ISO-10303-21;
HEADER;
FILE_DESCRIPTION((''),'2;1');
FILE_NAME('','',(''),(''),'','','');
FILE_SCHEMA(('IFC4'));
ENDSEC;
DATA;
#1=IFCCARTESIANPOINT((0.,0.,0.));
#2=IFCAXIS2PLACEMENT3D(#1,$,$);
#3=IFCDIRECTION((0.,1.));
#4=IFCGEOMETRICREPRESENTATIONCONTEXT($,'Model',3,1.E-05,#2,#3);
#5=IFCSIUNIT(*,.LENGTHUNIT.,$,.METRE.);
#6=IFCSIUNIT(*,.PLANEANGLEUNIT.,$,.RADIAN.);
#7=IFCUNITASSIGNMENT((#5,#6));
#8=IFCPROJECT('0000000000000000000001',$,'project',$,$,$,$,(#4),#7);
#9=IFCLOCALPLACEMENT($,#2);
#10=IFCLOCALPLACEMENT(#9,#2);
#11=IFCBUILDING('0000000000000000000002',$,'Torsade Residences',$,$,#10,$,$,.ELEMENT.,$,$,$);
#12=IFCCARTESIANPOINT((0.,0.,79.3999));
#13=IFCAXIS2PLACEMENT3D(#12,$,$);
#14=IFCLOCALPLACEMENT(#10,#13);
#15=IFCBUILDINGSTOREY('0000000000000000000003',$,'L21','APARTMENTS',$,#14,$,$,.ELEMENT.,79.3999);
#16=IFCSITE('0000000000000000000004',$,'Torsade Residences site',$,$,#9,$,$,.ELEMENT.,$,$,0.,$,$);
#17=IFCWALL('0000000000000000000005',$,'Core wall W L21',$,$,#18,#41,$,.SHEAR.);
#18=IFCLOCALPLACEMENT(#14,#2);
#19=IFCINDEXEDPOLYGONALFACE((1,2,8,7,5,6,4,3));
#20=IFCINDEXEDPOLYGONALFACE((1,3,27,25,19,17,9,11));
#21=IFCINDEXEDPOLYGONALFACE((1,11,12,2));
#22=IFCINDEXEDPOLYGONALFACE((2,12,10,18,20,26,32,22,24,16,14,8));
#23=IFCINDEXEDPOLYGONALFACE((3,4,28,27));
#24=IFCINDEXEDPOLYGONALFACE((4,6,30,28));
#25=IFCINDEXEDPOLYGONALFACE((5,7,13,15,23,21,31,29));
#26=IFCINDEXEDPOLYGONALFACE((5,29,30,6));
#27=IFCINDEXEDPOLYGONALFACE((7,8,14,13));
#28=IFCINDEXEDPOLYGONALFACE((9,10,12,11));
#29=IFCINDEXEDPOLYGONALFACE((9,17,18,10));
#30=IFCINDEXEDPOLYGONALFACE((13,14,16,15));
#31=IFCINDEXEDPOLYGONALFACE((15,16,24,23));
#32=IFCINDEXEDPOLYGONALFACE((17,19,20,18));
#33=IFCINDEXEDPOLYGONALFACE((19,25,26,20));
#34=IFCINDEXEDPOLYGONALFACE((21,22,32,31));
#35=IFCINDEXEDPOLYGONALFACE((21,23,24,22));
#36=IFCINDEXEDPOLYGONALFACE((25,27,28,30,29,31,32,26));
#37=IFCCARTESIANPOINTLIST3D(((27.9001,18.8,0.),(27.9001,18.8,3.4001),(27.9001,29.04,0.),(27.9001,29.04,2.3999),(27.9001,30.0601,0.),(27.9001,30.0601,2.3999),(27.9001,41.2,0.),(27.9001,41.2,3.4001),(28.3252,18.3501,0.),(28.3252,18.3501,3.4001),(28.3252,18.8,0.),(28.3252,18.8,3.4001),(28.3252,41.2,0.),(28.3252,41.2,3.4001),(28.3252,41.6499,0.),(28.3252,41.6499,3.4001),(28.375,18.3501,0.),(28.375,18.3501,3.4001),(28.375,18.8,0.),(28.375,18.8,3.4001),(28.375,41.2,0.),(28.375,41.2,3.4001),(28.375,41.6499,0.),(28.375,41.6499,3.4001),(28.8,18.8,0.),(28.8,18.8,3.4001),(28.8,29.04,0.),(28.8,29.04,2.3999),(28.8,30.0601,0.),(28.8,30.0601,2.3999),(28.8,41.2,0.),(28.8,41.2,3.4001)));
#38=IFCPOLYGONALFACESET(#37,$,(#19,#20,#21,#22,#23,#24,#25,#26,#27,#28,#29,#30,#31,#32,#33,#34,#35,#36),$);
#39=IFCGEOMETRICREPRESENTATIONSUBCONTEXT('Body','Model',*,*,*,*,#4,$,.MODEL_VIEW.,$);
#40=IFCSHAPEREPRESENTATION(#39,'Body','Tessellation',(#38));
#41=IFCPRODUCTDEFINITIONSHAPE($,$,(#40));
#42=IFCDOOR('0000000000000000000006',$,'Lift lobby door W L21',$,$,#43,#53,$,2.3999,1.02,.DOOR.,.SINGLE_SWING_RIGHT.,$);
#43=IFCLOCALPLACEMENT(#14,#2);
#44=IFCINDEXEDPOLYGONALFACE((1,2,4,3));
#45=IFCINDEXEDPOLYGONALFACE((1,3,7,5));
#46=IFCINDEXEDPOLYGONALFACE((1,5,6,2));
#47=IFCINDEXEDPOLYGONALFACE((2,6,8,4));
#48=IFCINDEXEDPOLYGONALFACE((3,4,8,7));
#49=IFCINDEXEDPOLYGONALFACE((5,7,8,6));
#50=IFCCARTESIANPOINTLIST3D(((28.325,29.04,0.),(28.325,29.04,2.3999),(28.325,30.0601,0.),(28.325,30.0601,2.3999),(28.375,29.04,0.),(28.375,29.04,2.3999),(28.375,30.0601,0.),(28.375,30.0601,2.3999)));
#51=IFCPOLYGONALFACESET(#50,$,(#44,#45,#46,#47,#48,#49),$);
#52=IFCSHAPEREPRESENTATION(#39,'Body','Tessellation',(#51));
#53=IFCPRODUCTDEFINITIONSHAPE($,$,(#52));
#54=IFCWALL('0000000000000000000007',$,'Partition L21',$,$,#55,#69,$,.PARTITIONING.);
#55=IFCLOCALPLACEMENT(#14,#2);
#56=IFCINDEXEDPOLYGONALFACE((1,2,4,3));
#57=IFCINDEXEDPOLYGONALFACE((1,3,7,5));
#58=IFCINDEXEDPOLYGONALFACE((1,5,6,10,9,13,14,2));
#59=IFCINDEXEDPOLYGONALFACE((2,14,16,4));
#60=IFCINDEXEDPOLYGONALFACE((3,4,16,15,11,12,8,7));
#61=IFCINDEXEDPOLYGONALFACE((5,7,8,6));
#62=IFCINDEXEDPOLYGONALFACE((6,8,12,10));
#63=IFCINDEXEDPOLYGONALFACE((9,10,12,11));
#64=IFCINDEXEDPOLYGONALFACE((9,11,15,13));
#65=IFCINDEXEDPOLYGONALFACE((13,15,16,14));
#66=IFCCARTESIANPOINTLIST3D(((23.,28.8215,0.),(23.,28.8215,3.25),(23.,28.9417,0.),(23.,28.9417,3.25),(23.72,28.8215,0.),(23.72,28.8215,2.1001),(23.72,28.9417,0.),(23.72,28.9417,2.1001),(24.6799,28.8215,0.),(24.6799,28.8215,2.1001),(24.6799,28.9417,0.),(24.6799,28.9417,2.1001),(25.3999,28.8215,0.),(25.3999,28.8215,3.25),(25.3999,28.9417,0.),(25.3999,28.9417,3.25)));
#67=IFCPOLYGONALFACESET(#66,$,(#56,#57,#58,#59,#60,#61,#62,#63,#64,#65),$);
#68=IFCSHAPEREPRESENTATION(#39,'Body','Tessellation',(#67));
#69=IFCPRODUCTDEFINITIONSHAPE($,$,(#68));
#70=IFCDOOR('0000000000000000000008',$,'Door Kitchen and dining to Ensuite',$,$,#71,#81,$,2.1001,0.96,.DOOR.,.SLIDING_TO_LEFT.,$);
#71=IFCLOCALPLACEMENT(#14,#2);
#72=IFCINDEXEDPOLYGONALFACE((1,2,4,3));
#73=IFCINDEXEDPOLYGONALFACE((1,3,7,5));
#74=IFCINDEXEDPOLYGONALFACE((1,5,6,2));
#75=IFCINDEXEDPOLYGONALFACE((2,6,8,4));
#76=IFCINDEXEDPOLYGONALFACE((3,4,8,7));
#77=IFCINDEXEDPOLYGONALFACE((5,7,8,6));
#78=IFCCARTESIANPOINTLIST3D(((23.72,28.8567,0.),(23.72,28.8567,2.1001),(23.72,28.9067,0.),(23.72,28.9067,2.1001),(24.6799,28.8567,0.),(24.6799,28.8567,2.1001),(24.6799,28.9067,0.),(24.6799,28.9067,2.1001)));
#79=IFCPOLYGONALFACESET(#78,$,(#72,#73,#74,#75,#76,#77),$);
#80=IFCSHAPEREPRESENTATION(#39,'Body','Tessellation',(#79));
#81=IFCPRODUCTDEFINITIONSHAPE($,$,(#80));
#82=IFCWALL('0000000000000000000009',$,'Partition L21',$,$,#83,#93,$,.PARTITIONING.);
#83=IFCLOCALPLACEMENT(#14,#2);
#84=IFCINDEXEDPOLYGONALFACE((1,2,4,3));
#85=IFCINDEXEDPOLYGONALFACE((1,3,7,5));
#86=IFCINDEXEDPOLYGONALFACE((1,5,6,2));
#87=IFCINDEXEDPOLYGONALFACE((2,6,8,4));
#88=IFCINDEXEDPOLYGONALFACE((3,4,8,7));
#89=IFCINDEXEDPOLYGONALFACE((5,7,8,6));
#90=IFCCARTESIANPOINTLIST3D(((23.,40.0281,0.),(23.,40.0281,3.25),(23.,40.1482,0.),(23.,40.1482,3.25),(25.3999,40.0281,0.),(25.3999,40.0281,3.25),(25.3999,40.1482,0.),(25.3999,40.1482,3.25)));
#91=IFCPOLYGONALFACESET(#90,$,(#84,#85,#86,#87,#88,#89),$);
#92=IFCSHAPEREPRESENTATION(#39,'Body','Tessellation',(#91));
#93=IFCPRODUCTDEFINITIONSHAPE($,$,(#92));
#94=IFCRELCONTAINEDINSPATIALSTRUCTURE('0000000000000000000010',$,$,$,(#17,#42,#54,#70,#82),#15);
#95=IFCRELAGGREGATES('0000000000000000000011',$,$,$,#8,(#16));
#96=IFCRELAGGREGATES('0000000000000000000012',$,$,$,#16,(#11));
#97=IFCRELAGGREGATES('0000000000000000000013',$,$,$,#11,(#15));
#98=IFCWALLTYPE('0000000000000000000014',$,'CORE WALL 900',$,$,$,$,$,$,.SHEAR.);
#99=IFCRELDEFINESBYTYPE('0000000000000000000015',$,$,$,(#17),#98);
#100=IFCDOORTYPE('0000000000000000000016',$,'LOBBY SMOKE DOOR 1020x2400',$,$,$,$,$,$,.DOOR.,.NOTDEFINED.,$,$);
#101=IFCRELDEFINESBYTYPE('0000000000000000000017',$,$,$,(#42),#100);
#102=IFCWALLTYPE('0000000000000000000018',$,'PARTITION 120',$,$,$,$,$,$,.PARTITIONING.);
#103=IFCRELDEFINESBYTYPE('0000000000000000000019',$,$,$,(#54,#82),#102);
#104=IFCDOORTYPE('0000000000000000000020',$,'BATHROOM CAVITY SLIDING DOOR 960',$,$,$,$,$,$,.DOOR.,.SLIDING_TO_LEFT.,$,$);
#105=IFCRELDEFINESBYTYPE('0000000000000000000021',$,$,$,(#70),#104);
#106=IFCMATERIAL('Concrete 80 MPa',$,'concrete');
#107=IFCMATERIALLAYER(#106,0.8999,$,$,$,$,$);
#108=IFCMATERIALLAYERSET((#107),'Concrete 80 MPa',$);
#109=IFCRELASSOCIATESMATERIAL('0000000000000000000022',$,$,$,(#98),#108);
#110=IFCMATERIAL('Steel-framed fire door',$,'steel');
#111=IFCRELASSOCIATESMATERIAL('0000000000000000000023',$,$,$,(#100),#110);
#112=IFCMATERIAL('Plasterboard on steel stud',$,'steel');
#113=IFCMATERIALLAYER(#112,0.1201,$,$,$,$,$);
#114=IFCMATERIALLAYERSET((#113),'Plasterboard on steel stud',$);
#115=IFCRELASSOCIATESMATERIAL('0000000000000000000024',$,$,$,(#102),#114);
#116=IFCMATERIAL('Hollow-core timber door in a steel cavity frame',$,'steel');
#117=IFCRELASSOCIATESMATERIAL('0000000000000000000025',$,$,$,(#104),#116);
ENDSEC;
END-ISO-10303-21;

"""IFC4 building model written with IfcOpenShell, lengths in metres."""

from ifc_helpers import new_model, si_unit, direction, frame, frame_2d, origin, place, context, subcontext, project, spatial, polyline, rectangle, outline, extrude, material, layer, layer_set, type_object, element, fill, save


model = new_model("IFC4")

# Units and contexts
model_context = context("Model", 3, precision=1e-05, world=origin(), true_north=direction((0.0, 1.0)))
body_context = subcontext(model_context, "Body", "Model", "MODEL_VIEW")
ifc_project = project(units=[si_unit("LENGTHUNIT", "METRE"), si_unit("PLANEANGLEUNIT", "RADIAN")], contexts=[model_context])

# Site, building, storey
site_placement = place(None, origin())
site = spatial("IfcSite", under=ifc_project, at=site_placement, Name="Torsade Residences site", CompositionType="ELEMENT", RefElevation=0.0)
building_placement = place(site_placement, origin())
building = spatial("IfcBuilding", under=site, at=building_placement, Name="Torsade Residences", CompositionType="ELEMENT")
storey_placement = place(building_placement, frame((0.0, 0.0, 79.3999)))
storey = spatial("IfcBuildingStorey", under=building, at=storey_placement, Name="L21", Description="APARTMENTS", CompositionType="ELEMENT", Elevation=79.3999)

# Shared definitions
ifc_material_1 = material(Name="Concrete 80 MPa", Category="concrete")
ifc_layer_1 = layer(ifc_material_1, 0.8999)
ifc_layer_set_1 = layer_set([ifc_layer_1], Name="Concrete 80 MPa")
wall_type_1 = type_object("IfcWallType", Name="CORE WALL 900", PredefinedType="SHEAR", material=ifc_layer_set_1)

# Walls, openings, doors
wall_1_placement = place(storey_placement, frame((28.3501, 41.2, 0.0), z_axis=(0.0, 0.0, 1.0), x_axis=(0.0, -1.0, 0.0)))
wall_1 = element("IfcWall", 1, at=wall_1_placement, inside=storey, type_object=wall_type_1, Name="Core wall W L21", PredefinedType="SHEAR", context=body_context, shape_type="SweptSolid", body=[
    extrude(outline(polyline([(0.0, -0.45), (22.3999, -0.45), (22.3999, -0.0249), (22.8499, -0.0249), (22.8499, 0.0249), (22.3999, 0.0249), (22.3999, 0.45), (0.0, 0.45), (0.0, 0.0249), (-0.45, 0.0249), (-0.45, -0.0249), (0.0, -0.0249), (0.0, -0.45)])), origin(), (0.0, 0.0, 1.0), 3.4001),
])
opening_1_placement = place(wall_1_placement, frame((11.1399, 0.0, 0.0)))
opening_1 = element("IfcOpeningElement", 2, at=opening_1_placement, cuts=wall_1, PredefinedType="OPENING", context=body_context, shape_type="SweptSolid", body=[
    extrude(rectangle(XDim=1.02, YDim=2.3999, at=frame_2d((0.51, 1.2))), frame((0.0, 0.46, 0.0), z_axis=(0.0, -1.0, 0.0), x_axis=(1.0, 0.0, 0.0)), (0.0, 0.0, 1.0), 0.9199),
])
ifc_material_2 = material(Name="Steel-framed fire door", Category="steel")
door_type_1 = type_object("IfcDoorType", Name="LOBBY SMOKE DOOR 1020x2400", OperationType="NOTDEFINED", PredefinedType="DOOR", material=ifc_material_2)
door_1_placement = place(opening_1_placement, origin())
door_1 = element("IfcDoor", 3, at=door_1_placement, inside=storey, type_object=door_type_1, Name="Lift lobby door W L21", OperationType="SINGLE_SWING_RIGHT", OverallHeight=2.3999, OverallWidth=1.02, PredefinedType="DOOR", context=body_context, shape_type="SweptSolid", body=[
    extrude(rectangle(XDim=1.02, YDim=2.3999, at=frame_2d((0.51, 1.2))), frame((0.0, 0.0249, 0.0), z_axis=(0.0, -1.0, 0.0), x_axis=(1.0, 0.0, 0.0)), (0.0, 0.0, 1.0), 0.05),
])
fill(opening_1, door_1)
ifc_material_3 = material(Name="Plasterboard on steel stud", Category="steel")
ifc_layer_2 = layer(ifc_material_3, 0.1201)
ifc_layer_set_2 = layer_set([ifc_layer_2], Name="Plasterboard on steel stud")
wall_type_2 = type_object("IfcWallType", Name="PARTITION 120", PredefinedType="PARTITIONING", material=ifc_layer_set_2)
wall_2_placement = place(storey_placement, frame((25.3999, 28.8816, 0.0), z_axis=(0.0, 0.0, 1.0), x_axis=(-1.0, 0.0, 0.0)))
wall_2 = element("IfcWall", 4, at=wall_2_placement, inside=storey, type_object=wall_type_2, Name="Partition L21", PredefinedType="PARTITIONING", context=body_context, shape_type="SweptSolid", body=[
    extrude(rectangle(XDim=2.3999, YDim=0.1201, at=frame_2d((1.2, 0.0))), origin(), (0.0, 0.0, 1.0), 3.25),
])
opening_2_placement = place(wall_2_placement, frame((0.72, 0.0, 0.0)))
opening_2 = element("IfcOpeningElement", 5, at=opening_2_placement, cuts=wall_2, PredefinedType="OPENING", context=body_context, shape_type="SweptSolid", body=[
    extrude(rectangle(XDim=0.96, YDim=2.1001, at=frame_2d((0.48, 1.05))), frame((0.0, 0.0701, 0.0), z_axis=(0.0, -1.0, 0.0), x_axis=(1.0, 0.0, 0.0)), (0.0, 0.0, 1.0), 0.1401),
])
ifc_material_4 = material(Name="Hollow-core timber door in a steel cavity frame", Category="steel")
door_type_2 = type_object("IfcDoorType", Name="BATHROOM CAVITY SLIDING DOOR 960", OperationType="SLIDING_TO_LEFT", PredefinedType="DOOR", material=ifc_material_4)
door_2_placement = place(opening_2_placement, origin())
door_2 = element("IfcDoor", 6, at=door_2_placement, inside=storey, type_object=door_type_2, Name="Door Kitchen and dining to Ensuite", OperationType="SLIDING_TO_LEFT", OverallHeight=2.1001, OverallWidth=0.96, PredefinedType="DOOR", context=body_context, shape_type="SweptSolid", body=[
    extrude(rectangle(XDim=0.96, YDim=2.1001, at=frame_2d((0.48, 1.05))), frame((0.0, 0.0249, 0.0), z_axis=(0.0, -1.0, 0.0), x_axis=(1.0, 0.0, 0.0)), (0.0, 0.0, 1.0), 0.05),
])
fill(opening_2, door_2)

# Wall
wall_3_placement = place(storey_placement, frame((25.3999, 40.0881, 0.0), z_axis=(0.0, 0.0, 1.0), x_axis=(-1.0, 0.0, 0.0)))
element("IfcWall", 7, at=wall_3_placement, inside=storey, type_object=wall_type_2, Name="Partition L21", PredefinedType="PARTITIONING", context=body_context, shape_type="SweptSolid", body=[
    extrude(rectangle(XDim=2.3999, YDim=0.1201, at=frame_2d((1.2, 0.0))), origin(), (0.0, 0.0, 1.0), 3.25),
])

save(model, "model.ifc")
